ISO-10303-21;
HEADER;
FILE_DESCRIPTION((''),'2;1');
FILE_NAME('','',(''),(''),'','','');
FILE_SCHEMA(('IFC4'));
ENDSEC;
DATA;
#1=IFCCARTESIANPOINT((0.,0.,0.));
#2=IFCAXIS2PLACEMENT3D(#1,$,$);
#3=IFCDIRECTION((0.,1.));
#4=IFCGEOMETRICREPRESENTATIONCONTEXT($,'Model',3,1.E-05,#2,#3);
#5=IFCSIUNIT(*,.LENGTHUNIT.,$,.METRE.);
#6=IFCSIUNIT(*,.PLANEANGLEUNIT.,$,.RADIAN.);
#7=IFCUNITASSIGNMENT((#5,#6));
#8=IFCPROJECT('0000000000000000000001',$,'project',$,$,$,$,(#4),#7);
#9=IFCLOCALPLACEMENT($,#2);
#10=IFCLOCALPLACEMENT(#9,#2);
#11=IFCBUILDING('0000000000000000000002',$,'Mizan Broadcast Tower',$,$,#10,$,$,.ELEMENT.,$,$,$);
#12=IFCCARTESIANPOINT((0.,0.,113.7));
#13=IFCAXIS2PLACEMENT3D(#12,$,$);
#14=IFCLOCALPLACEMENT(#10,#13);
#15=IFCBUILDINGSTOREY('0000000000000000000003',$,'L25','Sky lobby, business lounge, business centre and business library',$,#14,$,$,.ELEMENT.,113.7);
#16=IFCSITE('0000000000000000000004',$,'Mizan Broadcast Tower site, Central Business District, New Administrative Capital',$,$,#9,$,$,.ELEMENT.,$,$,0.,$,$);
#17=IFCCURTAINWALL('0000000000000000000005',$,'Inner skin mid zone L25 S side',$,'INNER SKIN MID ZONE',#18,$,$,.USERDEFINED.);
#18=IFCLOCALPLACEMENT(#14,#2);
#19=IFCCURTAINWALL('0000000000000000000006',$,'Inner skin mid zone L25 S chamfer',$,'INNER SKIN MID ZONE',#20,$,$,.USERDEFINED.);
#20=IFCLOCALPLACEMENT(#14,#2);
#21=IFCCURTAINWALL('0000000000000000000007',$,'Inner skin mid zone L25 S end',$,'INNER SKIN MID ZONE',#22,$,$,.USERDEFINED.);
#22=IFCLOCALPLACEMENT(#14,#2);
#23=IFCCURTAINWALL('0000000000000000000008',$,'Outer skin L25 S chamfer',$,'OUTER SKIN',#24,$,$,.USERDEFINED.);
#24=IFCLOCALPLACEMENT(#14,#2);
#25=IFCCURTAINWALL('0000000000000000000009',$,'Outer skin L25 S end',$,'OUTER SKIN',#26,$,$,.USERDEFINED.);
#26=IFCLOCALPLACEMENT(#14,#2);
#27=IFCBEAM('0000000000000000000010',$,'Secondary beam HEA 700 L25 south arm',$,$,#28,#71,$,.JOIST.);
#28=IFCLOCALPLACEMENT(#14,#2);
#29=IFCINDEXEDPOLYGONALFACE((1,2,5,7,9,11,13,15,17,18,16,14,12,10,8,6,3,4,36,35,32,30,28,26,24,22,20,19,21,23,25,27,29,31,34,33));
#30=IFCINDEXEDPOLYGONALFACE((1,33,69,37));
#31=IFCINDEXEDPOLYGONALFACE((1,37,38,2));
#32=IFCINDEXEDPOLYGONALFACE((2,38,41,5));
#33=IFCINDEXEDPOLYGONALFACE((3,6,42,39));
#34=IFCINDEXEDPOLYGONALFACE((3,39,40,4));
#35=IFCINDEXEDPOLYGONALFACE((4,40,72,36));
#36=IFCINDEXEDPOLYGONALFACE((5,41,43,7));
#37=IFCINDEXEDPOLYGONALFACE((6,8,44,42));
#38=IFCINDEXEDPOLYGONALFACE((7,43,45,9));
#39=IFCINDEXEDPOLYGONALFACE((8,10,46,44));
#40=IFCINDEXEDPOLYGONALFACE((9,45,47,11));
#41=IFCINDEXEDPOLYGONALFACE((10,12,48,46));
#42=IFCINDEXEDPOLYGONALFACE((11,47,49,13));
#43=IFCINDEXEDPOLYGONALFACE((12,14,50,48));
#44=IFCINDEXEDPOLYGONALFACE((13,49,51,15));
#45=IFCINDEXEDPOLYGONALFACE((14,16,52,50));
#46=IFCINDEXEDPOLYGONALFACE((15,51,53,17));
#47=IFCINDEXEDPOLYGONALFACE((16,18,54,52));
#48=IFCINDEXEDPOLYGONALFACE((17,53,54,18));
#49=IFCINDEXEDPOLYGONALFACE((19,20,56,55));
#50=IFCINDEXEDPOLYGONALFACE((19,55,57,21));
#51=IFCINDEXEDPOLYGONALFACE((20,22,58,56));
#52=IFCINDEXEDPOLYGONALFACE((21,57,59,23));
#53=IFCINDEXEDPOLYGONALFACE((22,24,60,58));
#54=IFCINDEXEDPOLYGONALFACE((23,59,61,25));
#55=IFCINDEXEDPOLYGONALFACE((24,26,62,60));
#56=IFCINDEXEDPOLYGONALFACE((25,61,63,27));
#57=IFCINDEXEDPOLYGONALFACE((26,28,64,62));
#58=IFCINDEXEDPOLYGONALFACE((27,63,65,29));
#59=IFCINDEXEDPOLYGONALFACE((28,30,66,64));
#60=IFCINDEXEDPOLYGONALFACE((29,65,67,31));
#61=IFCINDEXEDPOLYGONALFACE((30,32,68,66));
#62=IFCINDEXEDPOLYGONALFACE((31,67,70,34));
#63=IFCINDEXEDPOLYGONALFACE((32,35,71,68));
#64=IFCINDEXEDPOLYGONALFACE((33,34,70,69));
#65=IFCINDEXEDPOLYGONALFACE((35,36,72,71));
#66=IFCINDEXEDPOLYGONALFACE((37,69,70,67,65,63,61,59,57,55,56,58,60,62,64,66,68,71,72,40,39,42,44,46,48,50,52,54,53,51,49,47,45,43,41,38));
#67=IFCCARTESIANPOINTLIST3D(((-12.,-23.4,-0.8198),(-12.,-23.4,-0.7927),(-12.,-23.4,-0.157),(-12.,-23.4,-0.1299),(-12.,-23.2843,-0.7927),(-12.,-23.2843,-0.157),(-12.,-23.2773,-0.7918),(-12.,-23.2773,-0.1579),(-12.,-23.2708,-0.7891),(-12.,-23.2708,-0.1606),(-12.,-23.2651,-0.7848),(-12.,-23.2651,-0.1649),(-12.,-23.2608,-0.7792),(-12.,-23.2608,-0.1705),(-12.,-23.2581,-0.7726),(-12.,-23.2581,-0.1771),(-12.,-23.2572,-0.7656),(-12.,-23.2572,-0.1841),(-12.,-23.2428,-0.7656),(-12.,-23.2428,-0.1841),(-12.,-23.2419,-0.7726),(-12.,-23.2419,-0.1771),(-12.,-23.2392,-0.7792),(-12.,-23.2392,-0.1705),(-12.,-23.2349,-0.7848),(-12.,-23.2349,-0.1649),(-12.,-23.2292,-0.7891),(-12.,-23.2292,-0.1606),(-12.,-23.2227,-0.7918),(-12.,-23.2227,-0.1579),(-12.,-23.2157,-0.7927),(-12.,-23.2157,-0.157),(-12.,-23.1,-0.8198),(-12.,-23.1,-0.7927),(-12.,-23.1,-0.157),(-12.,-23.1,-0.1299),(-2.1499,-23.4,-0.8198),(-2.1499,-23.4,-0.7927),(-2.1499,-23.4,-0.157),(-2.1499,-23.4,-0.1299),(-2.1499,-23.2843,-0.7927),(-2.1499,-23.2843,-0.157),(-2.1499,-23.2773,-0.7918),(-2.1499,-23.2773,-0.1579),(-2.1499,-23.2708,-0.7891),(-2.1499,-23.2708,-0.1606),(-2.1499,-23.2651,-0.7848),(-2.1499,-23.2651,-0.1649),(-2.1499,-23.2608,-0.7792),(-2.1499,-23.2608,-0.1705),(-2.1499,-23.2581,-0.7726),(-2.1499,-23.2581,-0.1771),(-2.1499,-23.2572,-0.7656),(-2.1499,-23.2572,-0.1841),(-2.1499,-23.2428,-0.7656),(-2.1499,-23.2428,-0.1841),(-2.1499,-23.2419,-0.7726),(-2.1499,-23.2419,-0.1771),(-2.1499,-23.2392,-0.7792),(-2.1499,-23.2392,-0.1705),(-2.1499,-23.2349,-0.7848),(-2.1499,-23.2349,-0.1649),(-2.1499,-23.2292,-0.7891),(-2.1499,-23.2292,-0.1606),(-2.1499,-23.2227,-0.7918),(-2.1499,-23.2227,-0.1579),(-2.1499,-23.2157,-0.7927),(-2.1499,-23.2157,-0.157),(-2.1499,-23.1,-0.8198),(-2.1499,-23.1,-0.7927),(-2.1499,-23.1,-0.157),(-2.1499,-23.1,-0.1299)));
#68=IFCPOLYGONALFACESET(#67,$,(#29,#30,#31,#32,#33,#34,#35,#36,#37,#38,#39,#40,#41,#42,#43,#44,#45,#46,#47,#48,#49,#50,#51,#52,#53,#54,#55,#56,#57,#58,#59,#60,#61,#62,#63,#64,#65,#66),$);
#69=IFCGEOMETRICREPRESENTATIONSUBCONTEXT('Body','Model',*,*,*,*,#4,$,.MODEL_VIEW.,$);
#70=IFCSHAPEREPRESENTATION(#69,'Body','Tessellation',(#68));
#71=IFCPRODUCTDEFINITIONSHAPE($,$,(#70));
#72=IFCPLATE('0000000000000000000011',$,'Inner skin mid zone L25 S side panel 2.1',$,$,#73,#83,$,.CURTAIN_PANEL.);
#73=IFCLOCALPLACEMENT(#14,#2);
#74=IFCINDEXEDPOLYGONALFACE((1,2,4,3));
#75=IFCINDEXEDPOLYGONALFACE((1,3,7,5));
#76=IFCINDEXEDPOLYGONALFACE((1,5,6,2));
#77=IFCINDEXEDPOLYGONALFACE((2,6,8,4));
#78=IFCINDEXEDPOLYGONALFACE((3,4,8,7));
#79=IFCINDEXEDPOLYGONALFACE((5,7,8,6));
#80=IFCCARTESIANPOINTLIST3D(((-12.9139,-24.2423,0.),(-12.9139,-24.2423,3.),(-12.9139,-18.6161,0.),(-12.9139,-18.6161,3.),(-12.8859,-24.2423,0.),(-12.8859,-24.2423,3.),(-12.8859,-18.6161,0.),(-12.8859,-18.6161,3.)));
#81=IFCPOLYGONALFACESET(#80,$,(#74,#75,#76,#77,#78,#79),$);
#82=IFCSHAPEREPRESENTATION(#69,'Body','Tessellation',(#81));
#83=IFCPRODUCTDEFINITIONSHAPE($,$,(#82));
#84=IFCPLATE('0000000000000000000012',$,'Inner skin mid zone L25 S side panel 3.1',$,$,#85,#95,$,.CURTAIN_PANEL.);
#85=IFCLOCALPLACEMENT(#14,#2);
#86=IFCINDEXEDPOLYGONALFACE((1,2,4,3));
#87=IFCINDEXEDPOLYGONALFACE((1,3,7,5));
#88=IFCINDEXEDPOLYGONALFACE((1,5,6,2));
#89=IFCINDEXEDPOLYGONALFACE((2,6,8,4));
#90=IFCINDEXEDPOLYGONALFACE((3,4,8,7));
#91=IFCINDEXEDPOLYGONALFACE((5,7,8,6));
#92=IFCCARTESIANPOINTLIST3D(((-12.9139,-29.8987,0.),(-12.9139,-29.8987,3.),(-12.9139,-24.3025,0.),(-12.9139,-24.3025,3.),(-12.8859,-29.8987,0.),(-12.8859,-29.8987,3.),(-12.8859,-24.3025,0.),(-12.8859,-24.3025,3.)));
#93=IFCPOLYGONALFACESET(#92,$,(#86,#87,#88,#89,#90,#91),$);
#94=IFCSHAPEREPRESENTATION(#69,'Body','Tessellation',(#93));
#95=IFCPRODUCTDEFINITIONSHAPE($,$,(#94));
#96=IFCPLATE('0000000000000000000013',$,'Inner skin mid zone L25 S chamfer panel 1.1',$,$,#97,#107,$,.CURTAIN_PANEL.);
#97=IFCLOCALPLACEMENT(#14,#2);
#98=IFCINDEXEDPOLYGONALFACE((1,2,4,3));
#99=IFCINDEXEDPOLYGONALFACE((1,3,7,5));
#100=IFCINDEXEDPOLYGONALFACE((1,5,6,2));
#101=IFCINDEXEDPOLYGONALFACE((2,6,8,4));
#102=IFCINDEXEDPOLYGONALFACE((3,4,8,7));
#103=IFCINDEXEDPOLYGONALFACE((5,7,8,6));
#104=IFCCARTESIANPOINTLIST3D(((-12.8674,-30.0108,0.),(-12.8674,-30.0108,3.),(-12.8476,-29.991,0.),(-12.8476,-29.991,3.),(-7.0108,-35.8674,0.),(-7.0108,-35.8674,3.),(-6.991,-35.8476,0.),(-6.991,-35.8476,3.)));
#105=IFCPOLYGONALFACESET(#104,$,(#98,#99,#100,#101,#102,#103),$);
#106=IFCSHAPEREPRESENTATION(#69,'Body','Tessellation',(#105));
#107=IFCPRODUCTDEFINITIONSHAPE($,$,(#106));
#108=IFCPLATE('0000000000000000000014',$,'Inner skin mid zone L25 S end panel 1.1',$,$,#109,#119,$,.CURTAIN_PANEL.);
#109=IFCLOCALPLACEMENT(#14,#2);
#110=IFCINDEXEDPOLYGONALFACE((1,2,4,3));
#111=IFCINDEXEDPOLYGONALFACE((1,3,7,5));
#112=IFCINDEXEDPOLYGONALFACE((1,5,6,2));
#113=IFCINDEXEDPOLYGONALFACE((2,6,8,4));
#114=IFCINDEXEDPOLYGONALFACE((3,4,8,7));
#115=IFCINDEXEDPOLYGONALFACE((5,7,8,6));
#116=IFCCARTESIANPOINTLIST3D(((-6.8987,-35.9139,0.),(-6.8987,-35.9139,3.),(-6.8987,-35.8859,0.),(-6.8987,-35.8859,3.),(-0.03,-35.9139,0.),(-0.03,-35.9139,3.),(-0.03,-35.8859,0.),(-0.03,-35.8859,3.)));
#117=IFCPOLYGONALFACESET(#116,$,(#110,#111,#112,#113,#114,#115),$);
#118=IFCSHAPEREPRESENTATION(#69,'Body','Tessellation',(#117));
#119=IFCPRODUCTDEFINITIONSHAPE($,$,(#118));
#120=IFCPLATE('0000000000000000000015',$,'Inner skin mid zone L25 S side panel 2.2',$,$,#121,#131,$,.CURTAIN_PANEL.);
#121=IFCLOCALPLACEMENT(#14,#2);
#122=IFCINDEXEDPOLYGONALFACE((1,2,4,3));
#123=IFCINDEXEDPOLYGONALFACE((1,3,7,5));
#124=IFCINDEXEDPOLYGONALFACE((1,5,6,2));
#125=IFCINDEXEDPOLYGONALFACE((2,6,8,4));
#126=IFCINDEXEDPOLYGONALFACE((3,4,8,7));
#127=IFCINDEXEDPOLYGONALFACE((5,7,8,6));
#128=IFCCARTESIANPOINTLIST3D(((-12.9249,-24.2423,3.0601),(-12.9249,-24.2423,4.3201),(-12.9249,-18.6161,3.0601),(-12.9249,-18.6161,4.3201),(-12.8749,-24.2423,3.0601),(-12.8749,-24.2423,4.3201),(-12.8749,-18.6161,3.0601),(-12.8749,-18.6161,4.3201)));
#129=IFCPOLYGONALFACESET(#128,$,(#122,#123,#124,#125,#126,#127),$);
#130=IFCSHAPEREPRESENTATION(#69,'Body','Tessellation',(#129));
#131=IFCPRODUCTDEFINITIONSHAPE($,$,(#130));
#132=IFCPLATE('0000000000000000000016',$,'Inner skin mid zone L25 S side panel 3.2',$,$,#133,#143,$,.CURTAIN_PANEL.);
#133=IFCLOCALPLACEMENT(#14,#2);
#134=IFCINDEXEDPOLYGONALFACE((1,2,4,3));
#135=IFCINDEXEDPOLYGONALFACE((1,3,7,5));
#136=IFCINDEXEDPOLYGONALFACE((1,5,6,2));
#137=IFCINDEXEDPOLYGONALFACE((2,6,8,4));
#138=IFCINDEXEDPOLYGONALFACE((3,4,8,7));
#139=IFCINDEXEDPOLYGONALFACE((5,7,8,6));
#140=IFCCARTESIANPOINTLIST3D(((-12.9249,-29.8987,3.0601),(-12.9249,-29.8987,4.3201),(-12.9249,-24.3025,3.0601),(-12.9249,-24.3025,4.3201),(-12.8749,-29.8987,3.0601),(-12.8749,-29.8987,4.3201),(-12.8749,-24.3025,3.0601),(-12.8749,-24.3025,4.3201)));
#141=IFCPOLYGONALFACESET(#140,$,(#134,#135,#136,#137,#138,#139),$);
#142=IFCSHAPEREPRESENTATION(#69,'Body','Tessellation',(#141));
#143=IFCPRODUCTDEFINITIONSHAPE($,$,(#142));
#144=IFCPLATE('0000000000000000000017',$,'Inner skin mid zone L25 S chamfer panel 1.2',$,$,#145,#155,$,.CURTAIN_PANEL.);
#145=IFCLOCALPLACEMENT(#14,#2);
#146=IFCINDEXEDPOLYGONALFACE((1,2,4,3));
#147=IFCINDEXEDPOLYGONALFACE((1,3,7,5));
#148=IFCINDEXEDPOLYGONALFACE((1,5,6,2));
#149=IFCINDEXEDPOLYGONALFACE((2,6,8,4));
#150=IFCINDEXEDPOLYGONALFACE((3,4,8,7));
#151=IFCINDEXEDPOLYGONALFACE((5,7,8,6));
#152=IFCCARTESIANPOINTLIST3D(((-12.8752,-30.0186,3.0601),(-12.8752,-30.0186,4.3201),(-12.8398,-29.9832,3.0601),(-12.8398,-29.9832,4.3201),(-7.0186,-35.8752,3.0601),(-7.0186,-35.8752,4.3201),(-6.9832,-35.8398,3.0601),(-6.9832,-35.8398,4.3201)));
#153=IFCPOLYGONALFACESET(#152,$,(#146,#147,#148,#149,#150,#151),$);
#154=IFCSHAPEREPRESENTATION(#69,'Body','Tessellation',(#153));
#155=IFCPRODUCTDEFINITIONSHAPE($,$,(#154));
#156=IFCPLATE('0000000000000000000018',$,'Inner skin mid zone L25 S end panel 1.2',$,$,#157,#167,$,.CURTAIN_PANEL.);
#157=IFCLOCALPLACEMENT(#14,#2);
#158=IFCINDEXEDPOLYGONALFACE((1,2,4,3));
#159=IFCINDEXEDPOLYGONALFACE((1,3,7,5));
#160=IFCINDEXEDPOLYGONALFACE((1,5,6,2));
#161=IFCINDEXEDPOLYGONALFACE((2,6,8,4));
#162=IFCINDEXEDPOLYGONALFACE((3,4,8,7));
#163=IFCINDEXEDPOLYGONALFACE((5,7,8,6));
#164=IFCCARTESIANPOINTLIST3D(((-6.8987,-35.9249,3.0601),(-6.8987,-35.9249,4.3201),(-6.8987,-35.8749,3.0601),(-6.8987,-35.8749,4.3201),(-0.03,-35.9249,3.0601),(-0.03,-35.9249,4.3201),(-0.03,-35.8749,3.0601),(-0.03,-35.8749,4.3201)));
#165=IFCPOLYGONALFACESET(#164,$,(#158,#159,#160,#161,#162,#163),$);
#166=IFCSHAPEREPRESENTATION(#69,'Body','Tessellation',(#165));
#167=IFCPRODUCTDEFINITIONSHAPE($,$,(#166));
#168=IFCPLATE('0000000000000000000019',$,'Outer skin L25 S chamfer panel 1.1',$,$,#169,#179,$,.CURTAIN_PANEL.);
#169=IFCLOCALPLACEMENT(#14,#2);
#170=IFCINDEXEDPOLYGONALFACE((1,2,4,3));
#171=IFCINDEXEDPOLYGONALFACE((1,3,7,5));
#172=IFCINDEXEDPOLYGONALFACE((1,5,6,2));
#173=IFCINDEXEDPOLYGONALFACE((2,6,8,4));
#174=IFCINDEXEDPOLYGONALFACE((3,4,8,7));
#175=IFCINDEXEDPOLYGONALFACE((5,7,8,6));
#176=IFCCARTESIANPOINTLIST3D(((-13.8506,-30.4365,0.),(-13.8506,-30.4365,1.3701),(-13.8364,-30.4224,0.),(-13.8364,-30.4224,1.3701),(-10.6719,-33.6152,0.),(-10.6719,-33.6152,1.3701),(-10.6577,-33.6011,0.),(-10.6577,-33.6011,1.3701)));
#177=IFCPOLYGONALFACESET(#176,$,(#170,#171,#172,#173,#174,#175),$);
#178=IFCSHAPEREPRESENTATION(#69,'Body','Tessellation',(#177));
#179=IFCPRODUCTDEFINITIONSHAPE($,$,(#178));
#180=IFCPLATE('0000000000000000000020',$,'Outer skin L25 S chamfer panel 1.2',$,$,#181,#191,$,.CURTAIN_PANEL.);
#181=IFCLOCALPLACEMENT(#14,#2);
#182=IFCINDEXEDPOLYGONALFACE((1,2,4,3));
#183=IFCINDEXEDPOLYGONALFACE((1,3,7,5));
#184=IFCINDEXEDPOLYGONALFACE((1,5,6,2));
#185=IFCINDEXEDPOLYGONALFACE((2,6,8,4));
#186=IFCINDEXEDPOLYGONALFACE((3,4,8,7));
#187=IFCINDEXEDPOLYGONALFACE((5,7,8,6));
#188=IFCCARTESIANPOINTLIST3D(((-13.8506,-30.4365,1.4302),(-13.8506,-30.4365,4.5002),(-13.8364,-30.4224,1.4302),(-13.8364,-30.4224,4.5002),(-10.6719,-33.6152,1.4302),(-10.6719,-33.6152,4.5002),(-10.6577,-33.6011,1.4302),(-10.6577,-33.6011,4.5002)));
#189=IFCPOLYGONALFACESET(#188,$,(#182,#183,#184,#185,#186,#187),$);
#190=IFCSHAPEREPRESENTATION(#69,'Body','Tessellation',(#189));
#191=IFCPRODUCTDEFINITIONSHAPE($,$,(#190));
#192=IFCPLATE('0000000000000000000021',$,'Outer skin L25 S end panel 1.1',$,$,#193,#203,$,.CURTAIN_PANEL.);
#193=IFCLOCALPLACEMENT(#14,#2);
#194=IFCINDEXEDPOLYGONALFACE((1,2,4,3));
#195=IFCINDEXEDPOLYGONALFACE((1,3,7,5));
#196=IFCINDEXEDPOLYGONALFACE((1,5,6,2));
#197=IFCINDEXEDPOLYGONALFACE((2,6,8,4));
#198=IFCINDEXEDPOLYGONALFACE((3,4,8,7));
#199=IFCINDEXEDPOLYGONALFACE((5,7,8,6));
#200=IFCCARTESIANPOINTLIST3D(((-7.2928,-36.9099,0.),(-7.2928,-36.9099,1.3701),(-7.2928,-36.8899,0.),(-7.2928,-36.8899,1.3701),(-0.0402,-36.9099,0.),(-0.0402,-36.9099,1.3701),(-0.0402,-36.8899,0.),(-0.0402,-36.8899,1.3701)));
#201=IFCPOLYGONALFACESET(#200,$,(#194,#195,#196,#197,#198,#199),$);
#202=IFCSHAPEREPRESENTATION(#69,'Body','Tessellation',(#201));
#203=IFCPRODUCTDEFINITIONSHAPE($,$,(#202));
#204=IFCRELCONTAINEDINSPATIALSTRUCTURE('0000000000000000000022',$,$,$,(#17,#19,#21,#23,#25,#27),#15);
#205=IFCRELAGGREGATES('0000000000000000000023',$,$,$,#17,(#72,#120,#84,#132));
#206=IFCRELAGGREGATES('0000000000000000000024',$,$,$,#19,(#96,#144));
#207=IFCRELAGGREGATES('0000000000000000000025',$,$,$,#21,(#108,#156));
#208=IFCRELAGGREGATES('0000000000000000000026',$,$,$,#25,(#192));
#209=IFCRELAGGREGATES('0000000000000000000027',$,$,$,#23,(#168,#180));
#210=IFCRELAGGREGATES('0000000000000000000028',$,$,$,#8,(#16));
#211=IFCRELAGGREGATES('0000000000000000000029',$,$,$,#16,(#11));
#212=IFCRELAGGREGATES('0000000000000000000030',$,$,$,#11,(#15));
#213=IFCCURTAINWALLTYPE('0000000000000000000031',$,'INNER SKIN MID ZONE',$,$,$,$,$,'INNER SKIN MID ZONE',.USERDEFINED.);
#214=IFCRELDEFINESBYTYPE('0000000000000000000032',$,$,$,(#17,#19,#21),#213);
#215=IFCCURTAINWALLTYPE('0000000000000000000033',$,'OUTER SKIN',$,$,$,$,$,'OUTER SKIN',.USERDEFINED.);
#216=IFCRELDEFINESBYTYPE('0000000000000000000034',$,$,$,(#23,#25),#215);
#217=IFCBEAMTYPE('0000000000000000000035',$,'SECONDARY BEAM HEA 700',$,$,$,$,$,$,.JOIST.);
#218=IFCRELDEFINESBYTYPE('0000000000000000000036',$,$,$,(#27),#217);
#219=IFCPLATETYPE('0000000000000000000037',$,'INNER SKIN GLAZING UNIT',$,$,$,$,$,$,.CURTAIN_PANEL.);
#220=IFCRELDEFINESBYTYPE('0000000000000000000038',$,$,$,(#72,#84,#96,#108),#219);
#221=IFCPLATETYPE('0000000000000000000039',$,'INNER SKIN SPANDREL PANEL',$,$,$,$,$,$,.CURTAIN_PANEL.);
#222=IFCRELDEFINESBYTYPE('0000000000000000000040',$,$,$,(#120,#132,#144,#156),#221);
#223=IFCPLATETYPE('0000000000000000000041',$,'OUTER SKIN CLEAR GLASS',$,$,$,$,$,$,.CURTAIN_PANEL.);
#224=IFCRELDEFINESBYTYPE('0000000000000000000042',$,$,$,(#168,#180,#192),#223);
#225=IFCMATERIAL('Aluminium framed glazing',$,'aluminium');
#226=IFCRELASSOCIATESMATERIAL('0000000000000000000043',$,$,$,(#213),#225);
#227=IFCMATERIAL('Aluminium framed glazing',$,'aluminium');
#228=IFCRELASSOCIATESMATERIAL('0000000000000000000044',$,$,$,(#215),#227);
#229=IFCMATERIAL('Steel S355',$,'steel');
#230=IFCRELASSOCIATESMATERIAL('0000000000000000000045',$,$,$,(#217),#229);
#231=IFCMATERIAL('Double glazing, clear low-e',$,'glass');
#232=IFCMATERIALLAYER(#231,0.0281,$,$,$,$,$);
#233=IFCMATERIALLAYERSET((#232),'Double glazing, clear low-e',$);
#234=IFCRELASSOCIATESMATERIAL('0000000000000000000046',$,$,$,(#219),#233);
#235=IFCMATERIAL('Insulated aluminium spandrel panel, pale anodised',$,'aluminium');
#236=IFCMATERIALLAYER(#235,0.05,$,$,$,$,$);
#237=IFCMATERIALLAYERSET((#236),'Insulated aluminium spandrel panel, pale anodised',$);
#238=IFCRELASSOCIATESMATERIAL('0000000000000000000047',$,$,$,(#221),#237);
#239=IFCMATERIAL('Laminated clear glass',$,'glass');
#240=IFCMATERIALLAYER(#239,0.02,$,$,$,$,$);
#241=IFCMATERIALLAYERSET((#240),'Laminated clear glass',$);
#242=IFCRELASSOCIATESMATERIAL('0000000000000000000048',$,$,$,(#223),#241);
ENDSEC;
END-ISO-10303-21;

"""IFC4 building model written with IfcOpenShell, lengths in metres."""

from ifc_helpers import new_model, si_unit, direction, frame, origin, origin_2d, place, context, subcontext, project, spatial, rectangle, i_section, extrude, material, layer, layer_set, material_profile, profile_set, type_object, element, aggregate, save


model = new_model("IFC4")

# Units and contexts
model_context = context("Model", 3, precision=1e-05, world=origin(), true_north=direction((0.0, 1.0)))
body_context = subcontext(model_context, "Body", "Model", "MODEL_VIEW")
ifc_project = project(units=[si_unit("LENGTHUNIT", "METRE"), si_unit("PLANEANGLEUNIT", "RADIAN")], contexts=[model_context])

# Site, building, storey
site_placement = place(None, origin())
site = spatial("IfcSite", under=ifc_project, at=site_placement, Name="Mizan Broadcast Tower site, Central Business District, New Administrative Capital", CompositionType="ELEMENT", RefElevation=0.0)
building_placement = place(site_placement, origin())
building = spatial("IfcBuilding", under=site, at=building_placement, Name="Mizan Broadcast Tower", CompositionType="ELEMENT")
storey_placement = place(building_placement, frame((0.0, 0.0, 113.7)))
storey = spatial("IfcBuildingStorey", under=building, at=storey_placement, Name="L25", Description="Sky lobby, business lounge, business centre and business library", CompositionType="ELEMENT", Elevation=113.7)

# Curtain wall
ifc_material_1 = material(Name="Aluminium framed glazing", Category="aluminium")
curtain_wall_type_1 = type_object("IfcCurtainWallType", Name="INNER SKIN MID ZONE", ElementType="INNER SKIN MID ZONE", PredefinedType="USERDEFINED", material=ifc_material_1)
curtain_wall_1_placement = place(storey_placement, origin())
curtain_wall_1 = element("IfcCurtainWall", 1, at=curtain_wall_1_placement, inside=storey, type_object=curtain_wall_type_1, Name="Inner skin mid zone L25 S side", ObjectType="INNER SKIN MID ZONE", PredefinedType="USERDEFINED")

# Curtain wall
curtain_wall_2_placement = place(storey_placement, origin())
curtain_wall_2 = element("IfcCurtainWall", 2, at=curtain_wall_2_placement, inside=storey, type_object=curtain_wall_type_1, Name="Inner skin mid zone L25 S chamfer", ObjectType="INNER SKIN MID ZONE", PredefinedType="USERDEFINED")

# Curtain wall
curtain_wall_3_placement = place(storey_placement, origin())
curtain_wall_3 = element("IfcCurtainWall", 3, at=curtain_wall_3_placement, inside=storey, type_object=curtain_wall_type_1, Name="Inner skin mid zone L25 S end", ObjectType="INNER SKIN MID ZONE", PredefinedType="USERDEFINED")

# Curtain wall
ifc_material_2 = material(Name="Aluminium framed glazing", Category="aluminium")
curtain_wall_type_2 = type_object("IfcCurtainWallType", Name="OUTER SKIN", ElementType="OUTER SKIN", PredefinedType="USERDEFINED", material=ifc_material_2)
curtain_wall_4_placement = place(storey_placement, origin())
curtain_wall_4 = element("IfcCurtainWall", 4, at=curtain_wall_4_placement, inside=storey, type_object=curtain_wall_type_2, Name="Outer skin L25 S chamfer", ObjectType="OUTER SKIN", PredefinedType="USERDEFINED")

# Curtain wall
curtain_wall_5_placement = place(storey_placement, origin())
curtain_wall_5 = element("IfcCurtainWall", 5, at=curtain_wall_5_placement, inside=storey, type_object=curtain_wall_type_2, Name="Outer skin L25 S end", ObjectType="OUTER SKIN", PredefinedType="USERDEFINED")

# Beam
ifc_material_3 = material(Name="Steel S355", Category="steel")
ifc_material_profile_1 = material_profile(ifc_material_3, i_section(OverallWidth=0.3, OverallDepth=0.6899, WebThickness=0.0144, FlangeThickness=0.0271, FilletRadius=0.0271, at=origin_2d()), Name="HEA 700")
ifc_profile_set_1 = profile_set([ifc_material_profile_1], Name="Steel S355")
beam_type_1 = type_object("IfcBeamType", Name="SECONDARY BEAM HEA 700", PredefinedType="JOIST", material=ifc_profile_set_1)
beam_1_placement = place(storey_placement, frame((-12.0, -23.25, -0.4749), z_axis=(1.0, 0.0, 0.0), x_axis=(0.0, 1.0, 0.0)))
element("IfcBeam", 6, at=beam_1_placement, inside=storey, type_object=beam_type_1, Name="Secondary beam HEA 700 L25 south arm", PredefinedType="JOIST", context=body_context, shape_type="SweptSolid", body=[
    extrude(i_section(OverallWidth=0.3, OverallDepth=0.6899, WebThickness=0.0144, FlangeThickness=0.0271, FilletRadius=0.0271, at=origin_2d()), origin(), (0.0, 0.0, 1.0), 9.8501),
])

# Plates
ifc_material_4 = material(Name="Double glazing, clear low-e", Category="glass")
ifc_layer_1 = layer(ifc_material_4, 0.0281)
ifc_layer_set_1 = layer_set([ifc_layer_1], Name="Double glazing, clear low-e")
plate_type_1 = type_object("IfcPlateType", Name="INNER SKIN GLAZING UNIT", PredefinedType="CURTAIN_PANEL", material=ifc_layer_set_1)
plate_1_placement = place(storey_placement, frame((-12.8999, -21.4292, 0.0), z_axis=(0.0, 0.0, 1.0), x_axis=(0.0, -1.0, 0.0)))
plate_1 = element("IfcPlate", 7, at=plate_1_placement, type_object=plate_type_1, Name="Inner skin mid zone L25 S side panel 2.1", PredefinedType="CURTAIN_PANEL", context=body_context, shape_type="SweptSolid", body=[
    extrude(rectangle(XDim=5.6262, YDim=0.0281, at=origin_2d()), origin(), (0.0, 0.0, 1.0), 3.0),
])
plate_2_placement = place(storey_placement, frame((-12.8999, -27.1006, 0.0), z_axis=(0.0, 0.0, 1.0), x_axis=(0.0, -1.0, 0.0)))
plate_2 = element("IfcPlate", 8, at=plate_2_placement, type_object=plate_type_1, Name="Inner skin mid zone L25 S side panel 3.1", PredefinedType="CURTAIN_PANEL", context=body_context, shape_type="SweptSolid", body=[
    extrude(rectangle(XDim=5.5962, YDim=0.0281, at=origin_2d()), origin(), (0.0, 0.0, 1.0), 3.0),
])
plate_3_placement = place(storey_placement, frame((-9.9292, -32.9292, 0.0), z_axis=(0.0, 0.0, 1.0), x_axis=(0.707107, -0.707107, 0.0)))
plate_3 = element("IfcPlate", 9, at=plate_3_placement, type_object=plate_type_1, Name="Inner skin mid zone L25 S chamfer panel 1.1", PredefinedType="CURTAIN_PANEL", context=body_context, shape_type="SweptSolid", body=[
    extrude(rectangle(XDim=8.2825, YDim=0.0281, at=origin_2d()), origin(), (0.0, 0.0, 1.0), 3.0),
])
plate_4_placement = place(storey_placement, frame((-3.4644, -35.8999, 0.0), z_axis=(0.0, 0.0, 1.0), x_axis=(1.0, 0.0, 0.0)))
plate_4 = element("IfcPlate", 10, at=plate_4_placement, type_object=plate_type_1, Name="Inner skin mid zone L25 S end panel 1.1", PredefinedType="CURTAIN_PANEL", context=body_context, shape_type="SweptSolid", body=[
    extrude(rectangle(XDim=6.8687, YDim=0.0281, at=origin_2d()), origin(), (0.0, 0.0, 1.0), 3.0),
])
ifc_material_5 = material(Name="Insulated aluminium spandrel panel, pale anodised", Category="aluminium")
ifc_layer_2 = layer(ifc_material_5, 0.05)
ifc_layer_set_2 = layer_set([ifc_layer_2], Name="Insulated aluminium spandrel panel, pale anodised")
plate_type_2 = type_object("IfcPlateType", Name="INNER SKIN SPANDREL PANEL", PredefinedType="CURTAIN_PANEL", material=ifc_layer_set_2)
plate_5_placement = place(storey_placement, frame((-12.8999, -21.4292, 3.0601), z_axis=(0.0, 0.0, 1.0), x_axis=(0.0, -1.0, 0.0)))
plate_5 = element("IfcPlate", 11, at=plate_5_placement, type_object=plate_type_2, Name="Inner skin mid zone L25 S side panel 2.2", PredefinedType="CURTAIN_PANEL", context=body_context, shape_type="SweptSolid", body=[
    extrude(rectangle(XDim=5.6262, YDim=0.05, at=origin_2d()), origin(), (0.0, 0.0, 1.0), 1.26),
])
plate_6_placement = place(storey_placement, frame((-12.8999, -27.1006, 3.0601), z_axis=(0.0, 0.0, 1.0), x_axis=(0.0, -1.0, 0.0)))
plate_6 = element("IfcPlate", 12, at=plate_6_placement, type_object=plate_type_2, Name="Inner skin mid zone L25 S side panel 3.2", PredefinedType="CURTAIN_PANEL", context=body_context, shape_type="SweptSolid", body=[
    extrude(rectangle(XDim=5.5962, YDim=0.05, at=origin_2d()), origin(), (0.0, 0.0, 1.0), 1.26),
])
aggregate(curtain_wall_1, [plate_1, plate_5, plate_2, plate_6])
plate_7_placement = place(storey_placement, frame((-9.9292, -32.9292, 3.0601), z_axis=(0.0, 0.0, 1.0), x_axis=(0.707107, -0.707107, 0.0)))
plate_7 = element("IfcPlate", 13, at=plate_7_placement, type_object=plate_type_2, Name="Inner skin mid zone L25 S chamfer panel 1.2", PredefinedType="CURTAIN_PANEL", context=body_context, shape_type="SweptSolid", body=[
    extrude(rectangle(XDim=8.2825, YDim=0.05, at=origin_2d()), origin(), (0.0, 0.0, 1.0), 1.26),
])
aggregate(curtain_wall_2, [plate_3, plate_7])
plate_8_placement = place(storey_placement, frame((-3.4644, -35.8999, 3.0601), z_axis=(0.0, 0.0, 1.0), x_axis=(1.0, 0.0, 0.0)))
plate_8 = element("IfcPlate", 14, at=plate_8_placement, type_object=plate_type_2, Name="Inner skin mid zone L25 S end panel 1.2", PredefinedType="CURTAIN_PANEL", context=body_context, shape_type="SweptSolid", body=[
    extrude(rectangle(XDim=6.8687, YDim=0.05, at=origin_2d()), origin(), (0.0, 0.0, 1.0), 1.26),
])
aggregate(curtain_wall_3, [plate_4, plate_8])
ifc_material_6 = material(Name="Laminated clear glass", Category="glass")
ifc_layer_3 = layer(ifc_material_6, 0.02)
ifc_layer_set_3 = layer_set([ifc_layer_3], Name="Laminated clear glass")
plate_type_3 = type_object("IfcPlateType", Name="OUTER SKIN CLEAR GLASS", PredefinedType="CURTAIN_PANEL", material=ifc_layer_set_3)
plate_9_placement = place(storey_placement, frame((-12.2542, -32.0188, 0.0), z_axis=(0.0, 0.0, 1.0), x_axis=(0.707107, -0.707107, 0.0)))
plate_9 = element("IfcPlate", 15, at=plate_9_placement, type_object=plate_type_3, Name="Outer skin L25 S chamfer panel 1.1", PredefinedType="CURTAIN_PANEL", context=body_context, shape_type="SweptSolid", body=[
    extrude(rectangle(XDim=4.4954, YDim=0.02, at=origin_2d()), origin(), (0.0, 0.0, 1.0), 1.3701),
])
plate_10_placement = place(storey_placement, frame((-12.2542, -32.0188, 1.4302), z_axis=(0.0, 0.0, 1.0), x_axis=(0.707107, -0.707107, 0.0)))
plate_10 = element("IfcPlate", 16, at=plate_10_placement, type_object=plate_type_3, Name="Outer skin L25 S chamfer panel 1.2", PredefinedType="CURTAIN_PANEL", context=body_context, shape_type="SweptSolid", body=[
    extrude(rectangle(XDim=4.4954, YDim=0.02, at=origin_2d()), origin(), (0.0, 0.0, 1.0), 3.0701),
])
plate_11_placement = place(storey_placement, frame((-3.6665, -36.8999, 0.0), z_axis=(0.0, 0.0, 1.0), x_axis=(1.0, 0.0, 0.0)))
plate_11 = element("IfcPlate", 17, at=plate_11_placement, type_object=plate_type_3, Name="Outer skin L25 S end panel 1.1", PredefinedType="CURTAIN_PANEL", context=body_context, shape_type="SweptSolid", body=[
    extrude(rectangle(XDim=7.2527, YDim=0.02, at=origin_2d()), origin(), (0.0, 0.0, 1.0), 1.3701),
])
aggregate(curtain_wall_5, [plate_11])
aggregate(curtain_wall_4, [plate_9, plate_10])

save(model, "model.ifc")
